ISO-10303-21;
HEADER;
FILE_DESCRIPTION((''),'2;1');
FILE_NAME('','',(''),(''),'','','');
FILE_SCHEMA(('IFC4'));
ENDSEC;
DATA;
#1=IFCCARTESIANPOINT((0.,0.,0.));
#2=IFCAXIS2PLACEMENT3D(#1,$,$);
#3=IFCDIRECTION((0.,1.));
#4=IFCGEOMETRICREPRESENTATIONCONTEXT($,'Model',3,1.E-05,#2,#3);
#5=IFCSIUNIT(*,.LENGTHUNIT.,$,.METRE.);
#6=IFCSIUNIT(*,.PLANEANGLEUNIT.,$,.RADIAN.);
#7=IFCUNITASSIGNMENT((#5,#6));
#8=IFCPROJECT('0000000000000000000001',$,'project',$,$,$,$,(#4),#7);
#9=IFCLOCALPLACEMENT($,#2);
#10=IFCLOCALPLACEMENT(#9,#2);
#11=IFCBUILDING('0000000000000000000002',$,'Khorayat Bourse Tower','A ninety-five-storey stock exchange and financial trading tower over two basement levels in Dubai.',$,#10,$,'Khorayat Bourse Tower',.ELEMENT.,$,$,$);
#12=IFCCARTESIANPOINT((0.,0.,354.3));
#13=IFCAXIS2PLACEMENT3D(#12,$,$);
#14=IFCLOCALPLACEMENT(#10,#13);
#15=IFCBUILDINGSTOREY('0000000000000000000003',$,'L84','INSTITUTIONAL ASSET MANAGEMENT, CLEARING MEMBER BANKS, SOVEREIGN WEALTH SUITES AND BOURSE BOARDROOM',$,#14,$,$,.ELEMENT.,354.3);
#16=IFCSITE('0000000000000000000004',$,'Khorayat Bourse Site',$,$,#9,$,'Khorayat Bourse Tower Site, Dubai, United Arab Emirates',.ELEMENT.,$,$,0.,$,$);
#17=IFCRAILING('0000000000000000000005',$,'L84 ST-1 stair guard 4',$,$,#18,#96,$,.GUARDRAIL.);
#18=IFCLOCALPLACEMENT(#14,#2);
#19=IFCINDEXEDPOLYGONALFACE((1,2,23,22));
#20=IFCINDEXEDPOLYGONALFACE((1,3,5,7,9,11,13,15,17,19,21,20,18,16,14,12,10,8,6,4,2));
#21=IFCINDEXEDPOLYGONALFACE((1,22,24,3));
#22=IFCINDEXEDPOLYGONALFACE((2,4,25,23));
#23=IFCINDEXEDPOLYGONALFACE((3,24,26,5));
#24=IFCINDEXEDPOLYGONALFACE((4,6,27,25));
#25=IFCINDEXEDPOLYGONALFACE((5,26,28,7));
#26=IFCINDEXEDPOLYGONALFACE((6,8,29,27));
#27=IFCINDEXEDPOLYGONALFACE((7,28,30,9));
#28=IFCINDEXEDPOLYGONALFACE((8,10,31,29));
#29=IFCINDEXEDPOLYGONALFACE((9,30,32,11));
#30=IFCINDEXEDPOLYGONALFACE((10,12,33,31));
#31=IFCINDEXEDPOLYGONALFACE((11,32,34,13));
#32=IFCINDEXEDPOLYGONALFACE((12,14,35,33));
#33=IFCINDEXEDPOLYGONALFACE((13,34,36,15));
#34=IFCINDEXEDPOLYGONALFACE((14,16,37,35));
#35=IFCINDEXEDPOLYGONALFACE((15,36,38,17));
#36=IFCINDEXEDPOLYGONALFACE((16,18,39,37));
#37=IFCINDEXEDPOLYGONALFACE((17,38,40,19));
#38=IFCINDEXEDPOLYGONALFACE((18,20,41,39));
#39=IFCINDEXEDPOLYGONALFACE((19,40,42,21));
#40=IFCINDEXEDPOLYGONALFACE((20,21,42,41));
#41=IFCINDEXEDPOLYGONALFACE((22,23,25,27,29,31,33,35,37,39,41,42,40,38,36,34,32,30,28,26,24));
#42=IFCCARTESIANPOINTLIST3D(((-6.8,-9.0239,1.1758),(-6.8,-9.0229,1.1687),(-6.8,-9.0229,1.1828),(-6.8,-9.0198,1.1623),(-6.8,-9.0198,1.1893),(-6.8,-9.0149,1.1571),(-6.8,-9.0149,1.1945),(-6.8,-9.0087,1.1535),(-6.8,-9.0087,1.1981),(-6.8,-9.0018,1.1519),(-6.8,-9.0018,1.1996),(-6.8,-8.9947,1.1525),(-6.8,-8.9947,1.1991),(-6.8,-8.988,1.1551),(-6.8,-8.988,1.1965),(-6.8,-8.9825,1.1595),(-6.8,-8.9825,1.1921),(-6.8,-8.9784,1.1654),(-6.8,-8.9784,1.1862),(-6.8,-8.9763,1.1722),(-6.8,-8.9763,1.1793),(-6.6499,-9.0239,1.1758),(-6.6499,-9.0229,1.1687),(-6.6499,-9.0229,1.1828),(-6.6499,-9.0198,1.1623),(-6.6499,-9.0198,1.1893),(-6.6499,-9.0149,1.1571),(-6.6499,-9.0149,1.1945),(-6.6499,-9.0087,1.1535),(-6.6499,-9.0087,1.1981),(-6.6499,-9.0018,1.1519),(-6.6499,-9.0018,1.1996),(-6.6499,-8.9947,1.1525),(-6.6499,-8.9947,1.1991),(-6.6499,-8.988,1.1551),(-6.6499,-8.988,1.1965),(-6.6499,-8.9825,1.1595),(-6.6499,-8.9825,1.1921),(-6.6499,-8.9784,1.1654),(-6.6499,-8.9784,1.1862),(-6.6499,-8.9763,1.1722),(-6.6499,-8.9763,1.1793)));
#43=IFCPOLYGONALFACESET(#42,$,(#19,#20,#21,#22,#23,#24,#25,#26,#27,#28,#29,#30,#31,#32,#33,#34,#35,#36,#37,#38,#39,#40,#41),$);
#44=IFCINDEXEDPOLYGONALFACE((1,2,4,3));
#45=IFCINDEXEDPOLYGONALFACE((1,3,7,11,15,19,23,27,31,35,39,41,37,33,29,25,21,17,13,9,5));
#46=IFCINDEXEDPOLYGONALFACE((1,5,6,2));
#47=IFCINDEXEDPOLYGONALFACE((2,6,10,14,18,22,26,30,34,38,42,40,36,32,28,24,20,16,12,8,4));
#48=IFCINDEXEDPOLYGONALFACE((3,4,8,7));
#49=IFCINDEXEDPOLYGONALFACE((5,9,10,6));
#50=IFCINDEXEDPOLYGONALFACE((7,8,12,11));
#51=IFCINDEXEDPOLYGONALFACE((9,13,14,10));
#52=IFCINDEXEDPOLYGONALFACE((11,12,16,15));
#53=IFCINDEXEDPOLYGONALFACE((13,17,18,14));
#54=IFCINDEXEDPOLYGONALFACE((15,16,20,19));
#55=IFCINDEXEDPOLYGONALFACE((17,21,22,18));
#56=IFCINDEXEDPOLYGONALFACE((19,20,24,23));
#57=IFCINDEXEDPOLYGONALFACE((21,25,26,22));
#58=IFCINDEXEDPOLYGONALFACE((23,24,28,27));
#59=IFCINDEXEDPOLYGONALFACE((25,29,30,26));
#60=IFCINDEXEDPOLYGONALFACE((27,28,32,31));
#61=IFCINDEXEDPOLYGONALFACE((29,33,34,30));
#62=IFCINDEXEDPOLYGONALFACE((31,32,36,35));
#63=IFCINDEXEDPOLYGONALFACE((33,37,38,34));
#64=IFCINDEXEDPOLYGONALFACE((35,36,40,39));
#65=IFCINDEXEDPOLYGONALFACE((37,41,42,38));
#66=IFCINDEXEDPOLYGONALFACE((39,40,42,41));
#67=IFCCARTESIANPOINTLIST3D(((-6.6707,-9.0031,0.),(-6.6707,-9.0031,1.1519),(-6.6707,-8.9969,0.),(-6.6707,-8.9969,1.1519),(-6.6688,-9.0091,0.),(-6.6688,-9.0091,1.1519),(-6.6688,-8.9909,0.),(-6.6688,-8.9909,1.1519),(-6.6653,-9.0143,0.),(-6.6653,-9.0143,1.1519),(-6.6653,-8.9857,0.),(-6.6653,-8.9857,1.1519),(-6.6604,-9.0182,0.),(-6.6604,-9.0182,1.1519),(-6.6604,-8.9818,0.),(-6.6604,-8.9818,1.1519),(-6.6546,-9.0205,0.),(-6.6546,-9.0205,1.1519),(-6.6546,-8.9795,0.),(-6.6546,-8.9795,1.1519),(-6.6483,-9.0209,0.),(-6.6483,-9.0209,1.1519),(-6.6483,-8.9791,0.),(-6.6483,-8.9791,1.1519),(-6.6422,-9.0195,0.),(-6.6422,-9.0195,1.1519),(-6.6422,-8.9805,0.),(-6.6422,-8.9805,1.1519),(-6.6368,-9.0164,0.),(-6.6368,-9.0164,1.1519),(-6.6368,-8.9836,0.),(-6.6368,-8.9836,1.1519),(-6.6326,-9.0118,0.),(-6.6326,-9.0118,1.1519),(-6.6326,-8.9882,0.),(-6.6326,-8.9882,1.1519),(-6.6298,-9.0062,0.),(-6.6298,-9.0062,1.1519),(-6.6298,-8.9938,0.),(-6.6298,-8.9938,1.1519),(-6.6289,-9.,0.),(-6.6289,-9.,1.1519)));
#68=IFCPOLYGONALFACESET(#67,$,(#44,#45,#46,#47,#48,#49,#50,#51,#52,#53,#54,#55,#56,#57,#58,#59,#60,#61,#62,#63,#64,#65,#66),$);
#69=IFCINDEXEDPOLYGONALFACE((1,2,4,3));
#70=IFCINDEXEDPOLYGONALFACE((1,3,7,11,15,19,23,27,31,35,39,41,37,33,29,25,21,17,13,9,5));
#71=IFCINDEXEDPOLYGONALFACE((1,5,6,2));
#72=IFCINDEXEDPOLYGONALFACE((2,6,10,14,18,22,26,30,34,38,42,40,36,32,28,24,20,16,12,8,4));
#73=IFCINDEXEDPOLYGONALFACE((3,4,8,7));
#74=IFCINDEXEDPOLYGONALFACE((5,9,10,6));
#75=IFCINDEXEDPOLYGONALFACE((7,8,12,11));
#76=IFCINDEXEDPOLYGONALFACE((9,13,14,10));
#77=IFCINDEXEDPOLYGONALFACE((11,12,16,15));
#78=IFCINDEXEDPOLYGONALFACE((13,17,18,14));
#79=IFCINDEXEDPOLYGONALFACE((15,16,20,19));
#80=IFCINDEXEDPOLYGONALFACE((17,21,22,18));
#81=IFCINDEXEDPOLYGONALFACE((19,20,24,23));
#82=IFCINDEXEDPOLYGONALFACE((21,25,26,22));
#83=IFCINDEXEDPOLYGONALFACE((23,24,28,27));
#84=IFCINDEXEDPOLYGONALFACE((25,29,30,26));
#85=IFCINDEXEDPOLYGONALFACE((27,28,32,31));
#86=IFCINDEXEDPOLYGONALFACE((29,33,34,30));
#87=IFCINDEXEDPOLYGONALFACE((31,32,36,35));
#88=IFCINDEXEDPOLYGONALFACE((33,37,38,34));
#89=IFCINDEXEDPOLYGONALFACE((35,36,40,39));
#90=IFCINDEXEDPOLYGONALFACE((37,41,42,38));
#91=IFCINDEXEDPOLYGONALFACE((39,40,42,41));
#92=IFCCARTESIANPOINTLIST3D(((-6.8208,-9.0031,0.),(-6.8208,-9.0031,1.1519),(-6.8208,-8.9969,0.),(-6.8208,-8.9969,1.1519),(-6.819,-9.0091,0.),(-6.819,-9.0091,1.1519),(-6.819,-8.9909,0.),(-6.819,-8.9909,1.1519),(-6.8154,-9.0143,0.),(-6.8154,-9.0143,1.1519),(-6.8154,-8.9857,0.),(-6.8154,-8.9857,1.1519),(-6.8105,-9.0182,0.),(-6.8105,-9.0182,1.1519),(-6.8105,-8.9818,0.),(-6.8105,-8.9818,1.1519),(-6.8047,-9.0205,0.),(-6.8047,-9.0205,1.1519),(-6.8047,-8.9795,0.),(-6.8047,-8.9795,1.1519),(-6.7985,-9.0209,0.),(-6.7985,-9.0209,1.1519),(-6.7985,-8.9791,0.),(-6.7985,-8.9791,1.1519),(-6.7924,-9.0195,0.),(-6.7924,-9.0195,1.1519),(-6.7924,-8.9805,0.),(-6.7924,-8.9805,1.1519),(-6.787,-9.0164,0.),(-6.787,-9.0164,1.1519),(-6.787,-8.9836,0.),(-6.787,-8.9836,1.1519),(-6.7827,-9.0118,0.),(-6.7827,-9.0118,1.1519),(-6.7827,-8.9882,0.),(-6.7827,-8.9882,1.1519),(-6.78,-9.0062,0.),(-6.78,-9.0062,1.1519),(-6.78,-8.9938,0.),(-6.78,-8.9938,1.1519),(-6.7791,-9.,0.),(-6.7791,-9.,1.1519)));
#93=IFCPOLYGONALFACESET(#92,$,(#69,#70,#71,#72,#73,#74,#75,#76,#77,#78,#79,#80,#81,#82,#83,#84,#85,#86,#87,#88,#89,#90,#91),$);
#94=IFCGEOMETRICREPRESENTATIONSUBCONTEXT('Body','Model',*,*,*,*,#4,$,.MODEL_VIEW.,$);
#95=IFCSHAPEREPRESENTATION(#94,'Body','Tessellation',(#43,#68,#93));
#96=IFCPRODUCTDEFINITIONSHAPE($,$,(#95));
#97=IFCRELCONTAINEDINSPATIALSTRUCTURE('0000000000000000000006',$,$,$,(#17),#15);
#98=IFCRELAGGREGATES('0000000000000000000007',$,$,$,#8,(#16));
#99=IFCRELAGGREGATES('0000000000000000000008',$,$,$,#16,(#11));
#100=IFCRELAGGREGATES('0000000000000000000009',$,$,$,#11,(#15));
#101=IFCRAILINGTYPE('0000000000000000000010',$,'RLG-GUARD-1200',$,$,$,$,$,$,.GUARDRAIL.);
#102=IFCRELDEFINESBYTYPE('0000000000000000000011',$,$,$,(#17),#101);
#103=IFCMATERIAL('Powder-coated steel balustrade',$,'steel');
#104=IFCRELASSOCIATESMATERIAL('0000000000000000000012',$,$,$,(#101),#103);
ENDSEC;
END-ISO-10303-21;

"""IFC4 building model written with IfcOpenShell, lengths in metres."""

from ifc_helpers import new_model, si_unit, direction, frame, origin, origin_2d, place, context, subcontext, project, spatial, circle, extrude, source, transform, mapped, material, type_object, element, save


model = new_model("IFC4")

# Units and contexts
model_context = context("Model", 3, precision=1e-05, world=origin(), true_north=direction((0.0, 1.0)))
body_context = subcontext(model_context, "Body", "Model", "MODEL_VIEW")
ifc_project = project(units=[si_unit("LENGTHUNIT", "METRE"), si_unit("PLANEANGLEUNIT", "RADIAN")], contexts=[model_context])

# Site, building, storey
site_placement = place(None, origin())
site = spatial("IfcSite", under=ifc_project, at=site_placement, Name="Khorayat Bourse Site", LongName="Khorayat Bourse Tower Site, Dubai, United Arab Emirates", CompositionType="ELEMENT", RefElevation=0.0)
building_placement = place(site_placement, origin())
building = spatial("IfcBuilding", under=site, at=building_placement, Name="Khorayat Bourse Tower", Description="A ninety-five-storey stock exchange and financial trading tower over two basement levels in Dubai.", LongName="Khorayat Bourse Tower", CompositionType="ELEMENT")
storey_placement = place(building_placement, frame((0.0, 0.0, 354.3)))
storey = spatial("IfcBuildingStorey", under=building, at=storey_placement, Name="L84", Description="INSTITUTIONAL ASSET MANAGEMENT, CLEARING MEMBER BANKS, SOVEREIGN WEALTH SUITES AND BOURSE BOARDROOM", CompositionType="ELEMENT", Elevation=354.3)

# Railing
ifc_material_1 = material(Name="Powder-coated steel balustrade", Category="steel")
railing_type_1 = type_object("IfcRailingType", Name="RLG-GUARD-1200", PredefinedType="GUARDRAIL", material=ifc_material_1)
shared_shape_1 = source(origin(), body_context, "Body", "SweptSolid", [
    extrude(circle(Radius=0.0239, at=origin_2d()), frame((0.0, 0.0, 1.1758), z_axis=(-1.0, 0.0, 0.0), x_axis=(0.0, -1.0, 0.0)), (0.0, 0.0, 1.0), 0.1501),
    extrude(circle(Radius=0.021, at=origin_2d()), origin(), (0.0, 0.0, 1.0), 1.1519),
    extrude(circle(Radius=0.021, at=origin_2d()), frame((-0.1501, 0.0, 0.0)), (0.0, 0.0, 1.0), 1.1519),
])
for number, where, name in (
    (1, (-6.6499, -9.0, 0.0), "L84 ST-1 stair guard 4"),
):
    element("IfcRailing", number, at=place(storey_placement, frame(where)), inside=storey, type_object=railing_type_1, Name=name, PredefinedType="GUARDRAIL", context=body_context, shape_type="MappedRepresentation", body=[
        mapped(shared_shape_1, transform((0.0, 0.0, 0.0), scale=1.0)),
    ])

save(model, "model.ifc")
